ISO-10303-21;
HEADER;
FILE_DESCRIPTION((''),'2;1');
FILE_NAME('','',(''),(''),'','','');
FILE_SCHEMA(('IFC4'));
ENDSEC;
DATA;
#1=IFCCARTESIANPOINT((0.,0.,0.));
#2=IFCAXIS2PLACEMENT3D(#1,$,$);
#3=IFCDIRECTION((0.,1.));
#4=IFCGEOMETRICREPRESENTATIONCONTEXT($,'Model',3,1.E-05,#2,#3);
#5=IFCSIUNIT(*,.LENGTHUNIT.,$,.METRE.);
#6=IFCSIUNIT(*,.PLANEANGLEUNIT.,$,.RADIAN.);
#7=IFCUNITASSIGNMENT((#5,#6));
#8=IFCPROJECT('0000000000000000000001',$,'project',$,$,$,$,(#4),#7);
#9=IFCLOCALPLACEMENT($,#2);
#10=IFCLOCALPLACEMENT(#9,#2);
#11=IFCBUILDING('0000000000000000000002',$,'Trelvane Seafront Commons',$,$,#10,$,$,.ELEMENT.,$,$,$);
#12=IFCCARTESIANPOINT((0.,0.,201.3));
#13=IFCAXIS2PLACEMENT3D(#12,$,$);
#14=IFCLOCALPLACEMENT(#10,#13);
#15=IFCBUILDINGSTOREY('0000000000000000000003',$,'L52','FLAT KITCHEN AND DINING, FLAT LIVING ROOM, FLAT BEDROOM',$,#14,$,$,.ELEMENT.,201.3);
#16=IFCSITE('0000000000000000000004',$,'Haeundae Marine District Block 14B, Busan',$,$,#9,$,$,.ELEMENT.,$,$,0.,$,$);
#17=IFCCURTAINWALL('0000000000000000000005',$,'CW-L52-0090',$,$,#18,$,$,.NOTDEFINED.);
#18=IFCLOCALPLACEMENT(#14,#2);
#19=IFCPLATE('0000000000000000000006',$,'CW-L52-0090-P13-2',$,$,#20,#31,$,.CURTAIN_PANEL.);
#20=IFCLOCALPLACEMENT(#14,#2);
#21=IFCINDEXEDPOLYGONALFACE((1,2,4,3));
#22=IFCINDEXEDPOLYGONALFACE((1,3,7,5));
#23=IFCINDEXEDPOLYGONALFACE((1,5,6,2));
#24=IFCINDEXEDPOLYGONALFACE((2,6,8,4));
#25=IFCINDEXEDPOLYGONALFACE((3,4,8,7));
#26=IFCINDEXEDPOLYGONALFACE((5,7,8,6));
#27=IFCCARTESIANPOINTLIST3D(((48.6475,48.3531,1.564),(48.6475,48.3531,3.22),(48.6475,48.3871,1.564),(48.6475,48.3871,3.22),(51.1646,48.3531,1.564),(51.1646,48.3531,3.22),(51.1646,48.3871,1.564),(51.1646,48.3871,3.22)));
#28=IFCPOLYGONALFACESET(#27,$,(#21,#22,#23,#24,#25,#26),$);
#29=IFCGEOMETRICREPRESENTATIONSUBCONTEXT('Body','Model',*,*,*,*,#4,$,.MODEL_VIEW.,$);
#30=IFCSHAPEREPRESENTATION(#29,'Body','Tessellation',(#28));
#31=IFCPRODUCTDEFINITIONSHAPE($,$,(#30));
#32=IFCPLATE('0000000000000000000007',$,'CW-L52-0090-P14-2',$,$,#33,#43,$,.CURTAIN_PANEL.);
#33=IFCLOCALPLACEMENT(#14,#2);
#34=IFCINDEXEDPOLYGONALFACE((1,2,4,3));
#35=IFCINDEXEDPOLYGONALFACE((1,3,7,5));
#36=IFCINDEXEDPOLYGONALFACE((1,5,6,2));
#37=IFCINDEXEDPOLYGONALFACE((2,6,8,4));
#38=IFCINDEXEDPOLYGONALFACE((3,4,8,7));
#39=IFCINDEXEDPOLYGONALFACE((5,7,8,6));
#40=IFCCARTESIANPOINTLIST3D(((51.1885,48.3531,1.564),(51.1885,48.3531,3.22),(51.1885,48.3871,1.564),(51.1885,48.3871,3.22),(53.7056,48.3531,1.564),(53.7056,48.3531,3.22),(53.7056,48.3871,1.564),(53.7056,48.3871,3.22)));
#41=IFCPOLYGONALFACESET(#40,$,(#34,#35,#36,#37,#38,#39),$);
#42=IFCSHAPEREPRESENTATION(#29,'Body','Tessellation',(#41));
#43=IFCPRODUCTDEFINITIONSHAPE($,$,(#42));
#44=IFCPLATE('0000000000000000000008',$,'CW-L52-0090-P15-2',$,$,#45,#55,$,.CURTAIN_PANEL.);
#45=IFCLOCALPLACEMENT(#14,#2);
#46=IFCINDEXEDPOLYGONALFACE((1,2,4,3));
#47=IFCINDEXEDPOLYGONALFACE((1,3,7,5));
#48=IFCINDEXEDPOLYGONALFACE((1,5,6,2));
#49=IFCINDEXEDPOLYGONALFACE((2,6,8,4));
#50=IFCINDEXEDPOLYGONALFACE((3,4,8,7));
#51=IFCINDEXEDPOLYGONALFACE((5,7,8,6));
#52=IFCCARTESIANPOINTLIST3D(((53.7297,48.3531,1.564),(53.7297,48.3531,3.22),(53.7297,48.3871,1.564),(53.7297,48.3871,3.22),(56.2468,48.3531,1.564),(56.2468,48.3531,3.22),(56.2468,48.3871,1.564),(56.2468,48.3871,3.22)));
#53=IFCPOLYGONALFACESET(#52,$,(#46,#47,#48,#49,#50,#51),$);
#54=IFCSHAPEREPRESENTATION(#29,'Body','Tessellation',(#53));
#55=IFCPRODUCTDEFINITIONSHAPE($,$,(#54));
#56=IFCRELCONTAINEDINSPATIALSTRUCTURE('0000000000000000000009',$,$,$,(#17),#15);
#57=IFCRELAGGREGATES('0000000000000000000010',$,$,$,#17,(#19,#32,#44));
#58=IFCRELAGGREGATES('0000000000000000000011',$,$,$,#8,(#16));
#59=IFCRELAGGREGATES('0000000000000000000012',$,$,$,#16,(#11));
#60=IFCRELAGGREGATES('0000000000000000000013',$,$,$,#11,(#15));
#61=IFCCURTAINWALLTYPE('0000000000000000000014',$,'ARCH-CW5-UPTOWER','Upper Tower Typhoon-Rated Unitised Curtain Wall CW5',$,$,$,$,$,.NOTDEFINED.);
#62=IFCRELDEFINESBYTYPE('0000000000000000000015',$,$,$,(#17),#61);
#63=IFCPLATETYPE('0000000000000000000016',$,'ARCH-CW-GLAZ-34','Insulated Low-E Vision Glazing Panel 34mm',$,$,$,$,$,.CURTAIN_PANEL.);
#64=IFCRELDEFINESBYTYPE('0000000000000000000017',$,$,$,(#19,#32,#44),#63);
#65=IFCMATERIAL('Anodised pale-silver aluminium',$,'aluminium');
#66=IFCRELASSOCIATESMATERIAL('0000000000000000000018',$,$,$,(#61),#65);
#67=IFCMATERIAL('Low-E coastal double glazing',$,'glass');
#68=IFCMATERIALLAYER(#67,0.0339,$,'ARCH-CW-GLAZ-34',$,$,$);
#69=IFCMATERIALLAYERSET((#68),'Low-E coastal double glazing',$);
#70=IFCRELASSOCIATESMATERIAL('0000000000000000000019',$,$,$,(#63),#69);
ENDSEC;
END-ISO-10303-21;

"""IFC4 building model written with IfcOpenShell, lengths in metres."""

from ifc_helpers import new_model, si_unit, direction, frame, origin, origin_2d, place, context, subcontext, project, spatial, rectangle, extrude, source, transform, mapped, material, layer, layer_set, type_object, element, aggregate, save


model = new_model("IFC4")

# Units and contexts
model_context = context("Model", 3, precision=1e-05, world=origin(), true_north=direction((0.0, 1.0)))
body_context = subcontext(model_context, "Body", "Model", "MODEL_VIEW")
ifc_project = project(units=[si_unit("LENGTHUNIT", "METRE"), si_unit("PLANEANGLEUNIT", "RADIAN")], contexts=[model_context])

# Site, building, storey
site_placement = place(None, origin())
site = spatial("IfcSite", under=ifc_project, at=site_placement, Name="Haeundae Marine District Block 14B, Busan", CompositionType="ELEMENT", RefElevation=0.0)
building_placement = place(site_placement, origin())
building = spatial("IfcBuilding", under=site, at=building_placement, Name="Trelvane Seafront Commons", CompositionType="ELEMENT")
storey_placement = place(building_placement, frame((0.0, 0.0, 201.3)))
storey = spatial("IfcBuildingStorey", under=building, at=storey_placement, Name="L52", Description="FLAT KITCHEN AND DINING, FLAT LIVING ROOM, FLAT BEDROOM", CompositionType="ELEMENT", Elevation=201.3)

# Curtain wall
ifc_material_1 = material(Name="Anodised pale-silver aluminium", Category="aluminium")
curtain_wall_type = type_object("IfcCurtainWallType", Name="ARCH-CW5-UPTOWER", Description="Upper Tower Typhoon-Rated Unitised Curtain Wall CW5", PredefinedType="NOTDEFINED", material=ifc_material_1)
curtain_wall_placement = place(storey_placement, origin())
curtain_wall = element("IfcCurtainWall", 1, at=curtain_wall_placement, inside=storey, type_object=curtain_wall_type, Name="CW-L52-0090", PredefinedType="NOTDEFINED")

# Plates
ifc_material_2 = material(Name="Low-E coastal double glazing", Category="glass")
ifc_layer_1 = layer(ifc_material_2, 0.0339, Name="ARCH-CW-GLAZ-34")
ifc_layer_set_1 = layer_set([ifc_layer_1], Name="Low-E coastal double glazing")
plate_type_1 = type_object("IfcPlateType", Name="ARCH-CW-GLAZ-34", Description="Insulated Low-E Vision Glazing Panel 34mm", PredefinedType="CURTAIN_PANEL", material=ifc_layer_set_1)
shared_shape_1 = source(origin(), body_context, "Body", "SweptSolid", [
    extrude(rectangle(XDim=2.5171, YDim=0.0339, at=origin_2d()), origin(), (0.0, 0.0, 1.0), 1.656),
])
plate_1_placement = place(storey_placement, frame((49.906, 48.3701, 1.564), z_axis=(0.0, 0.0, 1.0), x_axis=(1.0, 0.0, 0.0)))
plate_1 = element("IfcPlate", 2, at=plate_1_placement, type_object=plate_type_1, Name="CW-L52-0090-P13-2", PredefinedType="CURTAIN_PANEL", context=body_context, shape_type="MappedRepresentation", body=[
    mapped(shared_shape_1, transform((0.0, 0.0, 0.0), x_axis=(1.0, 0.0, 0.0), y_axis=(0.0, 1.0, 0.0), z_axis=(0.0, 0.0, 1.0), scale=1.0)),
])
plate_2_placement = place(storey_placement, frame((52.447, 48.3701, 1.564), z_axis=(0.0, 0.0, 1.0), x_axis=(1.0, 0.0, 0.0)))
plate_2 = element("IfcPlate", 3, at=plate_2_placement, type_object=plate_type_1, Name="CW-L52-0090-P14-2", PredefinedType="CURTAIN_PANEL", context=body_context, shape_type="MappedRepresentation", body=[
    mapped(shared_shape_1, transform((0.0, 0.0, 0.0), x_axis=(1.0, 0.0, 0.0), y_axis=(0.0, 1.0, 0.0), z_axis=(0.0, 0.0, 1.0), scale=1.0)),
])
plate_3_placement = place(storey_placement, frame((54.9883, 48.3701, 1.564), z_axis=(0.0, 0.0, 1.0), x_axis=(1.0, 0.0, 0.0)))
plate_3 = element("IfcPlate", 4, at=plate_3_placement, type_object=plate_type_1, Name="CW-L52-0090-P15-2", PredefinedType="CURTAIN_PANEL", context=body_context, shape_type="MappedRepresentation", body=[
    mapped(shared_shape_1, transform((0.0, 0.0, 0.0), x_axis=(1.0, 0.0, 0.0), y_axis=(0.0, 1.0, 0.0), z_axis=(0.0, 0.0, 1.0), scale=1.0)),
])
aggregate(curtain_wall, [plate_1, plate_2, plate_3])

save(model, "model.ifc")
